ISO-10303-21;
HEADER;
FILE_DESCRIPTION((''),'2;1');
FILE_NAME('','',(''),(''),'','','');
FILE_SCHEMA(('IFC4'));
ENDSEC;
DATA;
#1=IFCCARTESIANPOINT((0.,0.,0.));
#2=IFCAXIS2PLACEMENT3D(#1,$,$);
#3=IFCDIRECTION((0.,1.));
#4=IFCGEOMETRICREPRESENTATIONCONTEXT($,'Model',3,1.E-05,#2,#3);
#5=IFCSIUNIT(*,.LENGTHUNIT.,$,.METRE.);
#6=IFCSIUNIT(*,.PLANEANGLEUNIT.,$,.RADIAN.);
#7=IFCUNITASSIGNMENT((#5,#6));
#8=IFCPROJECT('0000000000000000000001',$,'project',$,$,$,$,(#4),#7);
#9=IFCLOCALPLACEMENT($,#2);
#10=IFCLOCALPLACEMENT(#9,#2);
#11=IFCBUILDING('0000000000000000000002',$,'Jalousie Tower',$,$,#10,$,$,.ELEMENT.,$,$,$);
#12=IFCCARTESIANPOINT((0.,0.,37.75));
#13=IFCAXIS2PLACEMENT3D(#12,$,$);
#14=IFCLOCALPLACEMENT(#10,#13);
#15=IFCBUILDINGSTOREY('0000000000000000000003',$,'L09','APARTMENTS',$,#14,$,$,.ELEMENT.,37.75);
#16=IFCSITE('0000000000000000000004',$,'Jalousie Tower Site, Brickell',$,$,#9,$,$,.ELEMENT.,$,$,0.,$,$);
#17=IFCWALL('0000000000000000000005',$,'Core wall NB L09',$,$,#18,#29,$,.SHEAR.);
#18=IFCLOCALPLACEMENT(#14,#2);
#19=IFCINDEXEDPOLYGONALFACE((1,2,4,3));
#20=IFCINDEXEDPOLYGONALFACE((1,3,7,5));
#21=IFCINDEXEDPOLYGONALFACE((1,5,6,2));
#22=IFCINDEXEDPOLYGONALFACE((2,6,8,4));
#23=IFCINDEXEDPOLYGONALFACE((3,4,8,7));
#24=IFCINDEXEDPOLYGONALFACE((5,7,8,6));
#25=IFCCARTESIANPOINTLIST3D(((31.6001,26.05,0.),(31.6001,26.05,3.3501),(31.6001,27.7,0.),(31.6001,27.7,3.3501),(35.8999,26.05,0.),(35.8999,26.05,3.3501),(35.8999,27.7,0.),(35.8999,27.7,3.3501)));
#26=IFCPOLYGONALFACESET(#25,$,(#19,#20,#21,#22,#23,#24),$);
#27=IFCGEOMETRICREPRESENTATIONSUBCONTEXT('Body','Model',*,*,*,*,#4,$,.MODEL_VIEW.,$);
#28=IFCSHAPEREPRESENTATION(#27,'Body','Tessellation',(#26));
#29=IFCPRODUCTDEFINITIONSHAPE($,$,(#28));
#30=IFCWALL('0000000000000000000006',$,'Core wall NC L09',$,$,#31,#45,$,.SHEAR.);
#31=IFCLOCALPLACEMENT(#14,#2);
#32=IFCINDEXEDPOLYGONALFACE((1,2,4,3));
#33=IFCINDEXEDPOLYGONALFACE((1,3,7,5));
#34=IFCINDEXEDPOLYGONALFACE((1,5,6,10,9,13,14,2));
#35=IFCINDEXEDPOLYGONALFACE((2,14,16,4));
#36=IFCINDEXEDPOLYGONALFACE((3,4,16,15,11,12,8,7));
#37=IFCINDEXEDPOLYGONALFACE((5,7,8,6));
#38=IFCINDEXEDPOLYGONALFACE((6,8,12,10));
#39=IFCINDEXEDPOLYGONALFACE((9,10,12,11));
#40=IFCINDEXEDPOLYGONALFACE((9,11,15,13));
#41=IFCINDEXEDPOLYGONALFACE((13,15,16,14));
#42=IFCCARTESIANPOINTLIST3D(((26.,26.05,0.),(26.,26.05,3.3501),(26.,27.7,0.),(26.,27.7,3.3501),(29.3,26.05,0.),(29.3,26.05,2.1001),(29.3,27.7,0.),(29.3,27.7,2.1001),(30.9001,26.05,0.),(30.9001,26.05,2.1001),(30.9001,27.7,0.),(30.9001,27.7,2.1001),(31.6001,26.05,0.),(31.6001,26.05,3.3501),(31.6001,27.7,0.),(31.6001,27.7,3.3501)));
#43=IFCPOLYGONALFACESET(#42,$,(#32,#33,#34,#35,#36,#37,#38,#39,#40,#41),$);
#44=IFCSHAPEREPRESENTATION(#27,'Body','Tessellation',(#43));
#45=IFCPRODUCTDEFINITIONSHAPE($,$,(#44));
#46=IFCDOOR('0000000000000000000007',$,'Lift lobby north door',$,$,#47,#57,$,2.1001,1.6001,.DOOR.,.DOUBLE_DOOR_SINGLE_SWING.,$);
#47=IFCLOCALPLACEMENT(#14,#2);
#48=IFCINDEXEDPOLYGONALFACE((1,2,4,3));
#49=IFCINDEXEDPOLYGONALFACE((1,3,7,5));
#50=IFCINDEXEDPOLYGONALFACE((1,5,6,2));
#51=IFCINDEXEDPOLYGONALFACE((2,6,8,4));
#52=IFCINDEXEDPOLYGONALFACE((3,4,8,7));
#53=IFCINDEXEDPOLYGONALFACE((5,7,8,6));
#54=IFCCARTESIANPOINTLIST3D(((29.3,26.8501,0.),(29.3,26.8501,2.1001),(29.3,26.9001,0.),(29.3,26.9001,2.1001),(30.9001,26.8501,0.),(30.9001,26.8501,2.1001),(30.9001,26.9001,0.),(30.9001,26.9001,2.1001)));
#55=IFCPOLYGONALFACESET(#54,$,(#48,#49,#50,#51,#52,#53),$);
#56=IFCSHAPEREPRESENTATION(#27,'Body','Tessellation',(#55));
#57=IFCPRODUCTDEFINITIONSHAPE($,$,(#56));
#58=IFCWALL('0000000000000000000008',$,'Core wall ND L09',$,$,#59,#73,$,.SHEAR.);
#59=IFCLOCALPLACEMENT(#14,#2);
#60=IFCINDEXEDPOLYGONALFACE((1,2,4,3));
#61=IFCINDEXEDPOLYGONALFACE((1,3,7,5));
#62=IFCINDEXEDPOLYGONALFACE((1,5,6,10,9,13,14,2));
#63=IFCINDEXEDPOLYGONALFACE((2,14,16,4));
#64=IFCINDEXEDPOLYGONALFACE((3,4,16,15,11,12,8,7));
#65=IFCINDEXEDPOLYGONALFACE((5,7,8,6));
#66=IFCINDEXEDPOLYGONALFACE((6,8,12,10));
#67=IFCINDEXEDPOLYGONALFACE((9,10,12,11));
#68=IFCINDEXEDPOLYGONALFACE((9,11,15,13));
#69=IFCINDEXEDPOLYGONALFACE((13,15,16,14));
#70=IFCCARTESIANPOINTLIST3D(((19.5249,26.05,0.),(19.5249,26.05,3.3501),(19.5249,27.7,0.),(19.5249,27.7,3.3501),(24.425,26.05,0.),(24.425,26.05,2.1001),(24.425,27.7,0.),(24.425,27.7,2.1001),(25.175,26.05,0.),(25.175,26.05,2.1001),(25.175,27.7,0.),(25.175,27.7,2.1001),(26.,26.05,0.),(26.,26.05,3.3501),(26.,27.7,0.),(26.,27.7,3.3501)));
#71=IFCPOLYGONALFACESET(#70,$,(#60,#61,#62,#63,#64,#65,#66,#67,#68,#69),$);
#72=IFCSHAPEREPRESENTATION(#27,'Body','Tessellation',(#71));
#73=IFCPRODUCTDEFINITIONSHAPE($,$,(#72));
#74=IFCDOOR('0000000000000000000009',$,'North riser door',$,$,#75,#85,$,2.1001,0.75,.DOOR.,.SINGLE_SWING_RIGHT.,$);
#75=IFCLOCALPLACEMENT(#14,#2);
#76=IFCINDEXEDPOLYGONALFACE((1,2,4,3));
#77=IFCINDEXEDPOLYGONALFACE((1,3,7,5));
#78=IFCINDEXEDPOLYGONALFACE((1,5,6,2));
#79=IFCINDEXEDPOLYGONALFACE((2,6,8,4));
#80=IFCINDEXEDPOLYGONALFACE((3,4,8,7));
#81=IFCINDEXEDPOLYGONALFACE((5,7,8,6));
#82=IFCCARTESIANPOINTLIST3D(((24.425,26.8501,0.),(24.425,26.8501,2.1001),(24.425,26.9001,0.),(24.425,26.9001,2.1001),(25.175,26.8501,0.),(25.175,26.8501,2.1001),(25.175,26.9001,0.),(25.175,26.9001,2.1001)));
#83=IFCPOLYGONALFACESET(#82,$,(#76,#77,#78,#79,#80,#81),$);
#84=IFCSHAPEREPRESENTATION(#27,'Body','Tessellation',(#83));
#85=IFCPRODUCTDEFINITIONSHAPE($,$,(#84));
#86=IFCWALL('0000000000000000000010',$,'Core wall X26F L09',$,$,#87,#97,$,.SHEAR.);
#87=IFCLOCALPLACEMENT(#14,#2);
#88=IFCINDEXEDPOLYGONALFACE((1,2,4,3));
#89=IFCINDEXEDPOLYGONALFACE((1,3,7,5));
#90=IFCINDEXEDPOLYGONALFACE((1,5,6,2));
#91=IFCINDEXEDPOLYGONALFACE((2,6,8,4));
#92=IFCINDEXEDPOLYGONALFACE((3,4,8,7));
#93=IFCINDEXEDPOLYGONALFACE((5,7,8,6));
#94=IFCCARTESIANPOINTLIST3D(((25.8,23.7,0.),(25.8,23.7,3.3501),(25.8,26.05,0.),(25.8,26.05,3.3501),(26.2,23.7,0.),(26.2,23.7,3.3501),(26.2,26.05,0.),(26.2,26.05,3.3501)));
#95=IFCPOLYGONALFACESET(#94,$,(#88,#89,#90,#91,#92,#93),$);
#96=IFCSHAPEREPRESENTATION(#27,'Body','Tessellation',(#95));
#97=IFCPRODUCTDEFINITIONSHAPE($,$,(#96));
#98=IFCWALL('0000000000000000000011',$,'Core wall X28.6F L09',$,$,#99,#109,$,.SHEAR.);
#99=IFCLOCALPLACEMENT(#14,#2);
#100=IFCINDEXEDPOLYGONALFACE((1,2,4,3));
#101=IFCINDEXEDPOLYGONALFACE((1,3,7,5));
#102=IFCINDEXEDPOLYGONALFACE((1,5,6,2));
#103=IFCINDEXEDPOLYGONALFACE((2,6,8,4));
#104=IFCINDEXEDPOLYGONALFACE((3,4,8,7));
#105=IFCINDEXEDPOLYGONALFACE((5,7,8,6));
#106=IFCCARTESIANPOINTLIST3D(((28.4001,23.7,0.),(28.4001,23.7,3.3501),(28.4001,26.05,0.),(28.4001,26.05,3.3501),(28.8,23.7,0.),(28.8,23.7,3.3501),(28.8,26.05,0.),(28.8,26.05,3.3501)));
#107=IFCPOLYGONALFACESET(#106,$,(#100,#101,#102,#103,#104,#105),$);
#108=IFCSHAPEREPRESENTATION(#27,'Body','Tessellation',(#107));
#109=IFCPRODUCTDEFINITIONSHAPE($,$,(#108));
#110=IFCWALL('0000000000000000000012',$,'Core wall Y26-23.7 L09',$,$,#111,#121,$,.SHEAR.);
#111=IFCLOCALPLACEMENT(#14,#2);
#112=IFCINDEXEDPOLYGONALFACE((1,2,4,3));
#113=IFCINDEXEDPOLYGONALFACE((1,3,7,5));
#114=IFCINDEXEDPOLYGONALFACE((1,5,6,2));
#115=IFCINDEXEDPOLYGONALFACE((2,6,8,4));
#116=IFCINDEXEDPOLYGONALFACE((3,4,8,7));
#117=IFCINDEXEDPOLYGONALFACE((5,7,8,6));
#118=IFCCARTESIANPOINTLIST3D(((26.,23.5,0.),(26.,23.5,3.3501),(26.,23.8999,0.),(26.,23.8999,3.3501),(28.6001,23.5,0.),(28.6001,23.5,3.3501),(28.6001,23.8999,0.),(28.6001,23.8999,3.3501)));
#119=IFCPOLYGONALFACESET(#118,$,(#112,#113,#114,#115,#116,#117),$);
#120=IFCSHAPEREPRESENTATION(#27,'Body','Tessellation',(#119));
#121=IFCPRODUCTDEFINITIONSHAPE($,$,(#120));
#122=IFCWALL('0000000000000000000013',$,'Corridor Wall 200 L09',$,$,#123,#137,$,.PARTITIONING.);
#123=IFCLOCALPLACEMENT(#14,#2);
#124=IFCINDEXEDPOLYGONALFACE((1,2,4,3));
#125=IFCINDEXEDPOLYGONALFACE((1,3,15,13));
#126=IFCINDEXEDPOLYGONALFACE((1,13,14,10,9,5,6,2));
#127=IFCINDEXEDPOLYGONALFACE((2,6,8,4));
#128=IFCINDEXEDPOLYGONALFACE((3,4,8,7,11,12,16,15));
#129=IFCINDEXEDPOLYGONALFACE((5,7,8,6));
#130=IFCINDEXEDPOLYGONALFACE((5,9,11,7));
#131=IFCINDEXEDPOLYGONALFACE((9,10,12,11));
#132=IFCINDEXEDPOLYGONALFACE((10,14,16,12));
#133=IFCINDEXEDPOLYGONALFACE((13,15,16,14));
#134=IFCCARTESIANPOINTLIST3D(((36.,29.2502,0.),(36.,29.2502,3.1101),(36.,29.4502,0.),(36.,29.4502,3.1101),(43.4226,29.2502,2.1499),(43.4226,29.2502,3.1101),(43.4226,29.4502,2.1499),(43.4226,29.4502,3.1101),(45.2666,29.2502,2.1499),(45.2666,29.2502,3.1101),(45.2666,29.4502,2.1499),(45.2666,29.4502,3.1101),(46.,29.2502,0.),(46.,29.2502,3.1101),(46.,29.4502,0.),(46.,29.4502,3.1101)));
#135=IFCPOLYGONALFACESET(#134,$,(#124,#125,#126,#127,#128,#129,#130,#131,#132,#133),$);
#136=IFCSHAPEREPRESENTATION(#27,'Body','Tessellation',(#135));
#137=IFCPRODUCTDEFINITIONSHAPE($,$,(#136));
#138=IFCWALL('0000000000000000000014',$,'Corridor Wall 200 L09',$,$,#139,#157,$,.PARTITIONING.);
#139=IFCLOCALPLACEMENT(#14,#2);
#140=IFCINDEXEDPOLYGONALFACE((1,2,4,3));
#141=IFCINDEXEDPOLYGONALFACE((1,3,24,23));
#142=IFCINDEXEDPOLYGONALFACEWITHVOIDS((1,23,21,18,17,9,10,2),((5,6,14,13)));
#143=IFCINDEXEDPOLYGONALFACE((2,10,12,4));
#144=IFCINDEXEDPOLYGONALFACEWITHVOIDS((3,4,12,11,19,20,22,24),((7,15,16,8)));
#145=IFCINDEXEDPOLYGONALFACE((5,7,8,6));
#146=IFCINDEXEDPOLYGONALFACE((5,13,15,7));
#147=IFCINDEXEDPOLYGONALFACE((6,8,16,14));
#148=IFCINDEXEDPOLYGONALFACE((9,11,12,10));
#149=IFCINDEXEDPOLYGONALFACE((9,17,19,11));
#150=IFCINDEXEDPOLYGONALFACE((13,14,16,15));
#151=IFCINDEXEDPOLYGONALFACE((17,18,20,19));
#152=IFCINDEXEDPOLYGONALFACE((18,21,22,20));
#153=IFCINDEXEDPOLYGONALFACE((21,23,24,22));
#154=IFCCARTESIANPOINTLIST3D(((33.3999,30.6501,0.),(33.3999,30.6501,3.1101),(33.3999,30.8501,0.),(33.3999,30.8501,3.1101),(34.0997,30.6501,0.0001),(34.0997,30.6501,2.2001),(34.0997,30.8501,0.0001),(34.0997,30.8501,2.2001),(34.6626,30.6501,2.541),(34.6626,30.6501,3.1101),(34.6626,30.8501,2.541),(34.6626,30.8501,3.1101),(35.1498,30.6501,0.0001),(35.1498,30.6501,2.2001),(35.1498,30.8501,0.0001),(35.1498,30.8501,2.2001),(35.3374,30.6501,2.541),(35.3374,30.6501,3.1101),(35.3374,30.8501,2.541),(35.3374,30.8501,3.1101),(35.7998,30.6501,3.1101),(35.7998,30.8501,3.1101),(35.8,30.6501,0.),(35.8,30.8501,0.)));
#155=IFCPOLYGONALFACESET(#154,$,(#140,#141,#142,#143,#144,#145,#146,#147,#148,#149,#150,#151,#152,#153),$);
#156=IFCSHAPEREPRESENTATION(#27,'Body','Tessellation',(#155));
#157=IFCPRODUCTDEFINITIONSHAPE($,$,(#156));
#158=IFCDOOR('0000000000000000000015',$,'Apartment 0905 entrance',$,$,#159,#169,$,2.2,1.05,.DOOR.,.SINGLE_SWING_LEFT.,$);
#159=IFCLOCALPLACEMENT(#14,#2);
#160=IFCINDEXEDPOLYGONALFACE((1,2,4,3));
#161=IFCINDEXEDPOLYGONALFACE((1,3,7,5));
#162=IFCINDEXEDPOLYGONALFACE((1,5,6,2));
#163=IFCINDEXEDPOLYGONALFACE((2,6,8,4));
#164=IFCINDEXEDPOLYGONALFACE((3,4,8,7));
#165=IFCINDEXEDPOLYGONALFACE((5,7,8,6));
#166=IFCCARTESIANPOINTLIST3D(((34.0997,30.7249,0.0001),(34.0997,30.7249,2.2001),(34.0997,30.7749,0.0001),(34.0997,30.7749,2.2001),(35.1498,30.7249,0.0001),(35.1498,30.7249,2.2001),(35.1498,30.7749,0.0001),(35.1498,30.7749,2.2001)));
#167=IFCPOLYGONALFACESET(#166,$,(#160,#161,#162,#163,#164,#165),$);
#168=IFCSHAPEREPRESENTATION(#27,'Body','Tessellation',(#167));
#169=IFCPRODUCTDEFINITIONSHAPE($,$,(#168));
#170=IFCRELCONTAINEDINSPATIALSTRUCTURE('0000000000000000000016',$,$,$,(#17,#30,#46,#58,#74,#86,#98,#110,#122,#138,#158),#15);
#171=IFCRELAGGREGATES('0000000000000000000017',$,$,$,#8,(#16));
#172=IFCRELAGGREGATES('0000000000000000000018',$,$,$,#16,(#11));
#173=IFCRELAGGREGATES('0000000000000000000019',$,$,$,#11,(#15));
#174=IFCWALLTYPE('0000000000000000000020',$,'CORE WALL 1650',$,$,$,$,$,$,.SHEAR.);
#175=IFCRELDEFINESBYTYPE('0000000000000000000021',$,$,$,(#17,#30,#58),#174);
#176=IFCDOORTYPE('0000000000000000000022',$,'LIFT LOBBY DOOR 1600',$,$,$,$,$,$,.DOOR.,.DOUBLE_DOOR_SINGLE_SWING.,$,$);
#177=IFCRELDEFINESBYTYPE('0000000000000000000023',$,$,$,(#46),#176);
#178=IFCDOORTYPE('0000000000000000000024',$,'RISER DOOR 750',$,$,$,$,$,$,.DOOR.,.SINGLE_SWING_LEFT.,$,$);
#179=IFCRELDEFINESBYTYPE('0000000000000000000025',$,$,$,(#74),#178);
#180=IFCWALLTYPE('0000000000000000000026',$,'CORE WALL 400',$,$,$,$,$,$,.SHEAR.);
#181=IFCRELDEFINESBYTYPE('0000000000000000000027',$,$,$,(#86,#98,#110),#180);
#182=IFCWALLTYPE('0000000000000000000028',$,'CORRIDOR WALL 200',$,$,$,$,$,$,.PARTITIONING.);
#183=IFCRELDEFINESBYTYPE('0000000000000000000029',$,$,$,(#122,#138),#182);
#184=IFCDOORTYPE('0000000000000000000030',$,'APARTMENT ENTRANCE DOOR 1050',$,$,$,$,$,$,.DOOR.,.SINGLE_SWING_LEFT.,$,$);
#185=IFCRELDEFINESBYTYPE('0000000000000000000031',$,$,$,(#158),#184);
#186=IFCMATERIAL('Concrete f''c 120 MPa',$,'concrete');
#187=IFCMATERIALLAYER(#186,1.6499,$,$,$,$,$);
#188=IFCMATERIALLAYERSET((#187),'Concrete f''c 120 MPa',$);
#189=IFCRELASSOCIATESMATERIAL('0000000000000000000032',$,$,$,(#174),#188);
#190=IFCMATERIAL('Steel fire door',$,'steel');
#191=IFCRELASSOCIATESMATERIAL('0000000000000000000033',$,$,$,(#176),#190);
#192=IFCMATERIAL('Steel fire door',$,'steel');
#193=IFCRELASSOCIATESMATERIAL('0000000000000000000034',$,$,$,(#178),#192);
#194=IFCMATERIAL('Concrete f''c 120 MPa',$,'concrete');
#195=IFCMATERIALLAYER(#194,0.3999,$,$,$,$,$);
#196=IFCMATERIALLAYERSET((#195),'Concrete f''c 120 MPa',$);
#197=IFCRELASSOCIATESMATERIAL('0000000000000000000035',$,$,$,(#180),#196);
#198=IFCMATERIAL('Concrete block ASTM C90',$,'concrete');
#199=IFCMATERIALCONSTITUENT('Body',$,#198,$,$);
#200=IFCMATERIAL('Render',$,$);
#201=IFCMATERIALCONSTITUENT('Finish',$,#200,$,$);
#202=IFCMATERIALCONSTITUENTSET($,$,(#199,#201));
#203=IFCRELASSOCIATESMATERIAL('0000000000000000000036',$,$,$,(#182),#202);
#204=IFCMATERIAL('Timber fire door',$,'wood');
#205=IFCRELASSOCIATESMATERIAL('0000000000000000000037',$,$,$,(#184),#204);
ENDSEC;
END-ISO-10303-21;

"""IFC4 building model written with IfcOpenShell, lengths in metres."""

from ifc_helpers import new_model, si_unit, direction, frame, frame_2d, origin, place, context, subcontext, project, spatial, polyline, rectangle, outline, extrude, material, layer, layer_set, constituent, constituent_set, type_object, element, fill, save


model = new_model("IFC4")

# Units and contexts
model_context = context("Model", 3, precision=1e-05, world=origin(), true_north=direction((0.0, 1.0)))
body_context = subcontext(model_context, "Body", "Model", "MODEL_VIEW")
ifc_project = project(units=[si_unit("LENGTHUNIT", "METRE"), si_unit("PLANEANGLEUNIT", "RADIAN")], contexts=[model_context])

# Site, building, storey
site_placement = place(None, origin())
site = spatial("IfcSite", under=ifc_project, at=site_placement, Name="Jalousie Tower Site, Brickell", CompositionType="ELEMENT", RefElevation=0.0)
building_placement = place(site_placement, origin())
building = spatial("IfcBuilding", under=site, at=building_placement, Name="Jalousie Tower", CompositionType="ELEMENT")
storey_placement = place(building_placement, frame((0.0, 0.0, 37.75)))
storey = spatial("IfcBuildingStorey", under=building, at=storey_placement, Name="L09", Description="APARTMENTS", CompositionType="ELEMENT", Elevation=37.75)

# Wall
ifc_material_1 = material(Name="Concrete f'c 120 MPa", Category="concrete")
ifc_layer_1 = layer(ifc_material_1, 1.6499)
ifc_layer_set_1 = layer_set([ifc_layer_1], Name="Concrete f'c 120 MPa")
wall_type_1 = type_object("IfcWallType", Name="CORE WALL 1650", PredefinedType="SHEAR", material=ifc_layer_set_1)
wall_1_placement = place(storey_placement, frame((35.8999, 26.875, 0.0), z_axis=(0.0, 0.0, 1.0), x_axis=(-1.0, 0.0, 0.0)))
element("IfcWall", 1, at=wall_1_placement, inside=storey, type_object=wall_type_1, Name="Core wall NB L09", PredefinedType="SHEAR", context=body_context, shape_type="SweptSolid", body=[
    extrude(rectangle(XDim=4.2998, YDim=1.6499, at=frame_2d((2.1499, 0.0))), origin(), (0.0, 0.0, 1.0), 3.3501),
])

# Walls, openings, doors
wall_2_placement = place(storey_placement, frame((31.6001, 26.875, 0.0), z_axis=(0.0, 0.0, 1.0), x_axis=(-1.0, 0.0, 0.0)))
wall_2 = element("IfcWall", 2, at=wall_2_placement, inside=storey, type_object=wall_type_1, Name="Core wall NC L09", PredefinedType="SHEAR", context=body_context, shape_type="SweptSolid", body=[
    extrude(rectangle(XDim=5.6001, YDim=1.6499, at=frame_2d((2.8, 0.0))), origin(), (0.0, 0.0, 1.0), 3.3501),
])
opening_1_placement = place(wall_2_placement, frame((0.7, 0.0, 0.0)))
opening_1 = element("IfcOpeningElement", 3, at=opening_1_placement, cuts=wall_2, PredefinedType="OPENING", context=body_context, shape_type="SweptSolid", body=[
    extrude(rectangle(XDim=1.6001, YDim=2.1001, at=frame_2d((0.8, 1.05))), frame((0.0, 0.835, 0.0), z_axis=(0.0, -1.0, 0.0), x_axis=(1.0, 0.0, 0.0)), (0.0, 0.0, 1.0), 1.6699),
])
ifc_material_2 = material(Name="Steel fire door", Category="steel")
door_type_1 = type_object("IfcDoorType", Name="LIFT LOBBY DOOR 1600", OperationType="DOUBLE_DOOR_SINGLE_SWING", PredefinedType="DOOR", material=ifc_material_2)
door_1_placement = place(opening_1_placement, origin())
door_1 = element("IfcDoor", 4, at=door_1_placement, inside=storey, type_object=door_type_1, Name="Lift lobby north door", OperationType="DOUBLE_DOOR_SINGLE_SWING", OverallHeight=2.1001, OverallWidth=1.6001, PredefinedType="DOOR", context=body_context, shape_type="SweptSolid", body=[
    extrude(rectangle(XDim=1.6001, YDim=2.1001, at=frame_2d((0.8, 1.05))), frame((0.0, 0.0249, 0.0), z_axis=(0.0, -1.0, 0.0), x_axis=(1.0, 0.0, 0.0)), (0.0, 0.0, 1.0), 0.05),
])
fill(opening_1, door_1)
wall_3_placement = place(storey_placement, frame((26.0, 26.875, 0.0), z_axis=(0.0, 0.0, 1.0), x_axis=(-1.0, 0.0, 0.0)))
wall_3 = element("IfcWall", 5, at=wall_3_placement, inside=storey, type_object=wall_type_1, Name="Core wall ND L09", PredefinedType="SHEAR", context=body_context, shape_type="SweptSolid", body=[
    extrude(rectangle(XDim=6.4751, YDim=1.6499, at=frame_2d((3.2375, 0.0))), origin(), (0.0, 0.0, 1.0), 3.3501),
])
opening_2_placement = place(wall_3_placement, frame((0.825, 0.0, 0.0)))
opening_2 = element("IfcOpeningElement", 6, at=opening_2_placement, cuts=wall_3, PredefinedType="OPENING", context=body_context, shape_type="SweptSolid", body=[
    extrude(rectangle(XDim=0.75, YDim=2.1001, at=frame_2d((0.375, 1.05))), frame((0.0, 0.835, 0.0), z_axis=(0.0, -1.0, 0.0), x_axis=(1.0, 0.0, 0.0)), (0.0, 0.0, 1.0), 1.6699),
])
ifc_material_3 = material(Name="Steel fire door", Category="steel")
door_type_2 = type_object("IfcDoorType", Name="RISER DOOR 750", OperationType="SINGLE_SWING_LEFT", PredefinedType="DOOR", material=ifc_material_3)
door_2_placement = place(opening_2_placement, origin())
door_2 = element("IfcDoor", 7, at=door_2_placement, inside=storey, type_object=door_type_2, Name="North riser door", OperationType="SINGLE_SWING_RIGHT", OverallHeight=2.1001, OverallWidth=0.75, PredefinedType="DOOR", context=body_context, shape_type="SweptSolid", body=[
    extrude(rectangle(XDim=0.75, YDim=2.1001, at=frame_2d((0.375, 1.05))), frame((0.0, 0.0249, 0.0), z_axis=(0.0, -1.0, 0.0), x_axis=(1.0, 0.0, 0.0)), (0.0, 0.0, 1.0), 0.05),
])
fill(opening_2, door_2)

# Walls
ifc_material_4 = material(Name="Concrete f'c 120 MPa", Category="concrete")
ifc_layer_2 = layer(ifc_material_4, 0.3999)
ifc_layer_set_2 = layer_set([ifc_layer_2], Name="Concrete f'c 120 MPa")
wall_type_2 = type_object("IfcWallType", Name="CORE WALL 400", PredefinedType="SHEAR", material=ifc_layer_set_2)
for number, where, z_axis, x_axis, name in (
    (8, (26.0, 23.7, 0.0), (0.0, 0.0, 1.0), (0.0, 1.0, 0.0), "Core wall X26F L09"),
    (9, (28.6001, 23.7, 0.0), (0.0, 0.0, 1.0), (0.0, 1.0, 0.0), "Core wall X28.6F L09"),
):
    element("IfcWall", number, at=place(storey_placement, frame(where, z_axis=z_axis, x_axis=x_axis)), inside=storey, type_object=wall_type_2, Name=name, PredefinedType="SHEAR", context=body_context, shape_type="SweptSolid", body=[
        extrude(rectangle(XDim=2.3501, YDim=0.3999, at=frame_2d((1.175, 0.0))), origin(), (0.0, 0.0, 1.0), 3.3501),
    ])
wall_4_placement = place(storey_placement, frame((26.0, 23.7, 0.0), z_axis=(0.0, 0.0, 1.0), x_axis=(1.0, 0.0, 0.0)))
element("IfcWall", 10, at=wall_4_placement, inside=storey, type_object=wall_type_2, Name="Core wall Y26-23.7 L09", PredefinedType="SHEAR", context=body_context, shape_type="SweptSolid", body=[
    extrude(rectangle(XDim=2.6001, YDim=0.3999, at=frame_2d((1.3, 0.0))), origin(), (0.0, 0.0, 1.0), 3.3501),
])
ifc_material_5 = material(Name="Concrete block ASTM C90", Category="concrete")
ifc_constituent_1 = constituent(ifc_material_5, Name="Body")
ifc_material_6 = material(Name="Render")
ifc_constituent_2 = constituent(ifc_material_6, Name="Finish")
ifc_constituent_set_1 = constituent_set(constituents=[ifc_constituent_1, ifc_constituent_2])
wall_type_3 = type_object("IfcWallType", Name="CORRIDOR WALL 200", PredefinedType="PARTITIONING", material=ifc_constituent_set_1)
wall_5_placement = place(storey_placement, frame((36.0, 29.3501, 0.0), z_axis=(0.0, 0.0, 1.0), x_axis=(1.0, 0.0, 0.0)))
element("IfcWall", 11, at=wall_5_placement, inside=storey, type_object=wall_type_3, Name="Corridor Wall 200 L09", PredefinedType="PARTITIONING", context=body_context, shape_type="SweptSolid", body=[
    extrude(outline(polyline([(0.0, 0.0), (10.0, 0.0), (10.0, 3.1101), (9.2666, 3.1101), (9.2666, 2.1499), (7.4226, 2.1499), (7.4226, 3.1101), (0.0, 3.1101), (0.0, 0.0)])), frame((0.0, 0.1001, 0.0), z_axis=(0.0, -1.0, 0.0), x_axis=(1.0, 0.0, 0.0)), (0.0, 0.0, 1.0), 0.2),
])

# Wall, opening, door
wall_6_placement = place(storey_placement, frame((33.3999, 30.75, 0.0), z_axis=(0.0, 0.0, 1.0), x_axis=(1.0, 0.0, 0.0)))
wall_6 = element("IfcWall", 12, at=wall_6_placement, inside=storey, type_object=wall_type_3, Name="Corridor Wall 200 L09", PredefinedType="PARTITIONING", context=body_context, shape_type="SweptSolid", body=[
    extrude(outline(polyline([(0.0, 0.0), (2.4001, 0.0), (2.3999, 3.1101), (1.9375, 3.1101), (1.9375, 2.541), (1.2627, 2.541), (1.2627, 3.1101), (0.0, 3.1101), (0.0, 0.0)])), frame((0.0, 0.1001, 0.0), z_axis=(0.0, -1.0, 0.0), x_axis=(1.0, 0.0, 0.0)), (0.0, 0.0, 1.0), 0.2),
])
opening_3_placement = place(wall_6_placement, frame((0.7, 0.0, 0.0)))
opening_3 = element("IfcOpeningElement", 13, at=opening_3_placement, cuts=wall_6, PredefinedType="OPENING", context=body_context, shape_type="SweptSolid", body=[
    extrude(rectangle(XDim=1.05, YDim=2.2, at=frame_2d((0.5249, 1.1001))), frame((0.0, 0.1099, 0.0), z_axis=(0.0, -1.0, 0.0), x_axis=(1.0, 0.0, 0.0)), (0.0, 0.0, 1.0), 0.22),
])
ifc_material_7 = material(Name="Timber fire door", Category="wood")
door_type_3 = type_object("IfcDoorType", Name="APARTMENT ENTRANCE DOOR 1050", OperationType="SINGLE_SWING_LEFT", PredefinedType="DOOR", material=ifc_material_7)
door_3_placement = place(opening_3_placement, origin())
door_3 = element("IfcDoor", 14, at=door_3_placement, inside=storey, type_object=door_type_3, Name="Apartment 0905 entrance", OperationType="SINGLE_SWING_LEFT", OverallHeight=2.2, OverallWidth=1.05, PredefinedType="DOOR", context=body_context, shape_type="SweptSolid", body=[
    extrude(rectangle(XDim=1.05, YDim=2.2, at=frame_2d((0.5249, 1.1001))), frame((0.0, 0.0249, 0.0), z_axis=(0.0, -1.0, 0.0), x_axis=(1.0, 0.0, 0.0)), (0.0, 0.0, 1.0), 0.05),
])
fill(opening_3, door_3)

save(model, "model.ifc")
